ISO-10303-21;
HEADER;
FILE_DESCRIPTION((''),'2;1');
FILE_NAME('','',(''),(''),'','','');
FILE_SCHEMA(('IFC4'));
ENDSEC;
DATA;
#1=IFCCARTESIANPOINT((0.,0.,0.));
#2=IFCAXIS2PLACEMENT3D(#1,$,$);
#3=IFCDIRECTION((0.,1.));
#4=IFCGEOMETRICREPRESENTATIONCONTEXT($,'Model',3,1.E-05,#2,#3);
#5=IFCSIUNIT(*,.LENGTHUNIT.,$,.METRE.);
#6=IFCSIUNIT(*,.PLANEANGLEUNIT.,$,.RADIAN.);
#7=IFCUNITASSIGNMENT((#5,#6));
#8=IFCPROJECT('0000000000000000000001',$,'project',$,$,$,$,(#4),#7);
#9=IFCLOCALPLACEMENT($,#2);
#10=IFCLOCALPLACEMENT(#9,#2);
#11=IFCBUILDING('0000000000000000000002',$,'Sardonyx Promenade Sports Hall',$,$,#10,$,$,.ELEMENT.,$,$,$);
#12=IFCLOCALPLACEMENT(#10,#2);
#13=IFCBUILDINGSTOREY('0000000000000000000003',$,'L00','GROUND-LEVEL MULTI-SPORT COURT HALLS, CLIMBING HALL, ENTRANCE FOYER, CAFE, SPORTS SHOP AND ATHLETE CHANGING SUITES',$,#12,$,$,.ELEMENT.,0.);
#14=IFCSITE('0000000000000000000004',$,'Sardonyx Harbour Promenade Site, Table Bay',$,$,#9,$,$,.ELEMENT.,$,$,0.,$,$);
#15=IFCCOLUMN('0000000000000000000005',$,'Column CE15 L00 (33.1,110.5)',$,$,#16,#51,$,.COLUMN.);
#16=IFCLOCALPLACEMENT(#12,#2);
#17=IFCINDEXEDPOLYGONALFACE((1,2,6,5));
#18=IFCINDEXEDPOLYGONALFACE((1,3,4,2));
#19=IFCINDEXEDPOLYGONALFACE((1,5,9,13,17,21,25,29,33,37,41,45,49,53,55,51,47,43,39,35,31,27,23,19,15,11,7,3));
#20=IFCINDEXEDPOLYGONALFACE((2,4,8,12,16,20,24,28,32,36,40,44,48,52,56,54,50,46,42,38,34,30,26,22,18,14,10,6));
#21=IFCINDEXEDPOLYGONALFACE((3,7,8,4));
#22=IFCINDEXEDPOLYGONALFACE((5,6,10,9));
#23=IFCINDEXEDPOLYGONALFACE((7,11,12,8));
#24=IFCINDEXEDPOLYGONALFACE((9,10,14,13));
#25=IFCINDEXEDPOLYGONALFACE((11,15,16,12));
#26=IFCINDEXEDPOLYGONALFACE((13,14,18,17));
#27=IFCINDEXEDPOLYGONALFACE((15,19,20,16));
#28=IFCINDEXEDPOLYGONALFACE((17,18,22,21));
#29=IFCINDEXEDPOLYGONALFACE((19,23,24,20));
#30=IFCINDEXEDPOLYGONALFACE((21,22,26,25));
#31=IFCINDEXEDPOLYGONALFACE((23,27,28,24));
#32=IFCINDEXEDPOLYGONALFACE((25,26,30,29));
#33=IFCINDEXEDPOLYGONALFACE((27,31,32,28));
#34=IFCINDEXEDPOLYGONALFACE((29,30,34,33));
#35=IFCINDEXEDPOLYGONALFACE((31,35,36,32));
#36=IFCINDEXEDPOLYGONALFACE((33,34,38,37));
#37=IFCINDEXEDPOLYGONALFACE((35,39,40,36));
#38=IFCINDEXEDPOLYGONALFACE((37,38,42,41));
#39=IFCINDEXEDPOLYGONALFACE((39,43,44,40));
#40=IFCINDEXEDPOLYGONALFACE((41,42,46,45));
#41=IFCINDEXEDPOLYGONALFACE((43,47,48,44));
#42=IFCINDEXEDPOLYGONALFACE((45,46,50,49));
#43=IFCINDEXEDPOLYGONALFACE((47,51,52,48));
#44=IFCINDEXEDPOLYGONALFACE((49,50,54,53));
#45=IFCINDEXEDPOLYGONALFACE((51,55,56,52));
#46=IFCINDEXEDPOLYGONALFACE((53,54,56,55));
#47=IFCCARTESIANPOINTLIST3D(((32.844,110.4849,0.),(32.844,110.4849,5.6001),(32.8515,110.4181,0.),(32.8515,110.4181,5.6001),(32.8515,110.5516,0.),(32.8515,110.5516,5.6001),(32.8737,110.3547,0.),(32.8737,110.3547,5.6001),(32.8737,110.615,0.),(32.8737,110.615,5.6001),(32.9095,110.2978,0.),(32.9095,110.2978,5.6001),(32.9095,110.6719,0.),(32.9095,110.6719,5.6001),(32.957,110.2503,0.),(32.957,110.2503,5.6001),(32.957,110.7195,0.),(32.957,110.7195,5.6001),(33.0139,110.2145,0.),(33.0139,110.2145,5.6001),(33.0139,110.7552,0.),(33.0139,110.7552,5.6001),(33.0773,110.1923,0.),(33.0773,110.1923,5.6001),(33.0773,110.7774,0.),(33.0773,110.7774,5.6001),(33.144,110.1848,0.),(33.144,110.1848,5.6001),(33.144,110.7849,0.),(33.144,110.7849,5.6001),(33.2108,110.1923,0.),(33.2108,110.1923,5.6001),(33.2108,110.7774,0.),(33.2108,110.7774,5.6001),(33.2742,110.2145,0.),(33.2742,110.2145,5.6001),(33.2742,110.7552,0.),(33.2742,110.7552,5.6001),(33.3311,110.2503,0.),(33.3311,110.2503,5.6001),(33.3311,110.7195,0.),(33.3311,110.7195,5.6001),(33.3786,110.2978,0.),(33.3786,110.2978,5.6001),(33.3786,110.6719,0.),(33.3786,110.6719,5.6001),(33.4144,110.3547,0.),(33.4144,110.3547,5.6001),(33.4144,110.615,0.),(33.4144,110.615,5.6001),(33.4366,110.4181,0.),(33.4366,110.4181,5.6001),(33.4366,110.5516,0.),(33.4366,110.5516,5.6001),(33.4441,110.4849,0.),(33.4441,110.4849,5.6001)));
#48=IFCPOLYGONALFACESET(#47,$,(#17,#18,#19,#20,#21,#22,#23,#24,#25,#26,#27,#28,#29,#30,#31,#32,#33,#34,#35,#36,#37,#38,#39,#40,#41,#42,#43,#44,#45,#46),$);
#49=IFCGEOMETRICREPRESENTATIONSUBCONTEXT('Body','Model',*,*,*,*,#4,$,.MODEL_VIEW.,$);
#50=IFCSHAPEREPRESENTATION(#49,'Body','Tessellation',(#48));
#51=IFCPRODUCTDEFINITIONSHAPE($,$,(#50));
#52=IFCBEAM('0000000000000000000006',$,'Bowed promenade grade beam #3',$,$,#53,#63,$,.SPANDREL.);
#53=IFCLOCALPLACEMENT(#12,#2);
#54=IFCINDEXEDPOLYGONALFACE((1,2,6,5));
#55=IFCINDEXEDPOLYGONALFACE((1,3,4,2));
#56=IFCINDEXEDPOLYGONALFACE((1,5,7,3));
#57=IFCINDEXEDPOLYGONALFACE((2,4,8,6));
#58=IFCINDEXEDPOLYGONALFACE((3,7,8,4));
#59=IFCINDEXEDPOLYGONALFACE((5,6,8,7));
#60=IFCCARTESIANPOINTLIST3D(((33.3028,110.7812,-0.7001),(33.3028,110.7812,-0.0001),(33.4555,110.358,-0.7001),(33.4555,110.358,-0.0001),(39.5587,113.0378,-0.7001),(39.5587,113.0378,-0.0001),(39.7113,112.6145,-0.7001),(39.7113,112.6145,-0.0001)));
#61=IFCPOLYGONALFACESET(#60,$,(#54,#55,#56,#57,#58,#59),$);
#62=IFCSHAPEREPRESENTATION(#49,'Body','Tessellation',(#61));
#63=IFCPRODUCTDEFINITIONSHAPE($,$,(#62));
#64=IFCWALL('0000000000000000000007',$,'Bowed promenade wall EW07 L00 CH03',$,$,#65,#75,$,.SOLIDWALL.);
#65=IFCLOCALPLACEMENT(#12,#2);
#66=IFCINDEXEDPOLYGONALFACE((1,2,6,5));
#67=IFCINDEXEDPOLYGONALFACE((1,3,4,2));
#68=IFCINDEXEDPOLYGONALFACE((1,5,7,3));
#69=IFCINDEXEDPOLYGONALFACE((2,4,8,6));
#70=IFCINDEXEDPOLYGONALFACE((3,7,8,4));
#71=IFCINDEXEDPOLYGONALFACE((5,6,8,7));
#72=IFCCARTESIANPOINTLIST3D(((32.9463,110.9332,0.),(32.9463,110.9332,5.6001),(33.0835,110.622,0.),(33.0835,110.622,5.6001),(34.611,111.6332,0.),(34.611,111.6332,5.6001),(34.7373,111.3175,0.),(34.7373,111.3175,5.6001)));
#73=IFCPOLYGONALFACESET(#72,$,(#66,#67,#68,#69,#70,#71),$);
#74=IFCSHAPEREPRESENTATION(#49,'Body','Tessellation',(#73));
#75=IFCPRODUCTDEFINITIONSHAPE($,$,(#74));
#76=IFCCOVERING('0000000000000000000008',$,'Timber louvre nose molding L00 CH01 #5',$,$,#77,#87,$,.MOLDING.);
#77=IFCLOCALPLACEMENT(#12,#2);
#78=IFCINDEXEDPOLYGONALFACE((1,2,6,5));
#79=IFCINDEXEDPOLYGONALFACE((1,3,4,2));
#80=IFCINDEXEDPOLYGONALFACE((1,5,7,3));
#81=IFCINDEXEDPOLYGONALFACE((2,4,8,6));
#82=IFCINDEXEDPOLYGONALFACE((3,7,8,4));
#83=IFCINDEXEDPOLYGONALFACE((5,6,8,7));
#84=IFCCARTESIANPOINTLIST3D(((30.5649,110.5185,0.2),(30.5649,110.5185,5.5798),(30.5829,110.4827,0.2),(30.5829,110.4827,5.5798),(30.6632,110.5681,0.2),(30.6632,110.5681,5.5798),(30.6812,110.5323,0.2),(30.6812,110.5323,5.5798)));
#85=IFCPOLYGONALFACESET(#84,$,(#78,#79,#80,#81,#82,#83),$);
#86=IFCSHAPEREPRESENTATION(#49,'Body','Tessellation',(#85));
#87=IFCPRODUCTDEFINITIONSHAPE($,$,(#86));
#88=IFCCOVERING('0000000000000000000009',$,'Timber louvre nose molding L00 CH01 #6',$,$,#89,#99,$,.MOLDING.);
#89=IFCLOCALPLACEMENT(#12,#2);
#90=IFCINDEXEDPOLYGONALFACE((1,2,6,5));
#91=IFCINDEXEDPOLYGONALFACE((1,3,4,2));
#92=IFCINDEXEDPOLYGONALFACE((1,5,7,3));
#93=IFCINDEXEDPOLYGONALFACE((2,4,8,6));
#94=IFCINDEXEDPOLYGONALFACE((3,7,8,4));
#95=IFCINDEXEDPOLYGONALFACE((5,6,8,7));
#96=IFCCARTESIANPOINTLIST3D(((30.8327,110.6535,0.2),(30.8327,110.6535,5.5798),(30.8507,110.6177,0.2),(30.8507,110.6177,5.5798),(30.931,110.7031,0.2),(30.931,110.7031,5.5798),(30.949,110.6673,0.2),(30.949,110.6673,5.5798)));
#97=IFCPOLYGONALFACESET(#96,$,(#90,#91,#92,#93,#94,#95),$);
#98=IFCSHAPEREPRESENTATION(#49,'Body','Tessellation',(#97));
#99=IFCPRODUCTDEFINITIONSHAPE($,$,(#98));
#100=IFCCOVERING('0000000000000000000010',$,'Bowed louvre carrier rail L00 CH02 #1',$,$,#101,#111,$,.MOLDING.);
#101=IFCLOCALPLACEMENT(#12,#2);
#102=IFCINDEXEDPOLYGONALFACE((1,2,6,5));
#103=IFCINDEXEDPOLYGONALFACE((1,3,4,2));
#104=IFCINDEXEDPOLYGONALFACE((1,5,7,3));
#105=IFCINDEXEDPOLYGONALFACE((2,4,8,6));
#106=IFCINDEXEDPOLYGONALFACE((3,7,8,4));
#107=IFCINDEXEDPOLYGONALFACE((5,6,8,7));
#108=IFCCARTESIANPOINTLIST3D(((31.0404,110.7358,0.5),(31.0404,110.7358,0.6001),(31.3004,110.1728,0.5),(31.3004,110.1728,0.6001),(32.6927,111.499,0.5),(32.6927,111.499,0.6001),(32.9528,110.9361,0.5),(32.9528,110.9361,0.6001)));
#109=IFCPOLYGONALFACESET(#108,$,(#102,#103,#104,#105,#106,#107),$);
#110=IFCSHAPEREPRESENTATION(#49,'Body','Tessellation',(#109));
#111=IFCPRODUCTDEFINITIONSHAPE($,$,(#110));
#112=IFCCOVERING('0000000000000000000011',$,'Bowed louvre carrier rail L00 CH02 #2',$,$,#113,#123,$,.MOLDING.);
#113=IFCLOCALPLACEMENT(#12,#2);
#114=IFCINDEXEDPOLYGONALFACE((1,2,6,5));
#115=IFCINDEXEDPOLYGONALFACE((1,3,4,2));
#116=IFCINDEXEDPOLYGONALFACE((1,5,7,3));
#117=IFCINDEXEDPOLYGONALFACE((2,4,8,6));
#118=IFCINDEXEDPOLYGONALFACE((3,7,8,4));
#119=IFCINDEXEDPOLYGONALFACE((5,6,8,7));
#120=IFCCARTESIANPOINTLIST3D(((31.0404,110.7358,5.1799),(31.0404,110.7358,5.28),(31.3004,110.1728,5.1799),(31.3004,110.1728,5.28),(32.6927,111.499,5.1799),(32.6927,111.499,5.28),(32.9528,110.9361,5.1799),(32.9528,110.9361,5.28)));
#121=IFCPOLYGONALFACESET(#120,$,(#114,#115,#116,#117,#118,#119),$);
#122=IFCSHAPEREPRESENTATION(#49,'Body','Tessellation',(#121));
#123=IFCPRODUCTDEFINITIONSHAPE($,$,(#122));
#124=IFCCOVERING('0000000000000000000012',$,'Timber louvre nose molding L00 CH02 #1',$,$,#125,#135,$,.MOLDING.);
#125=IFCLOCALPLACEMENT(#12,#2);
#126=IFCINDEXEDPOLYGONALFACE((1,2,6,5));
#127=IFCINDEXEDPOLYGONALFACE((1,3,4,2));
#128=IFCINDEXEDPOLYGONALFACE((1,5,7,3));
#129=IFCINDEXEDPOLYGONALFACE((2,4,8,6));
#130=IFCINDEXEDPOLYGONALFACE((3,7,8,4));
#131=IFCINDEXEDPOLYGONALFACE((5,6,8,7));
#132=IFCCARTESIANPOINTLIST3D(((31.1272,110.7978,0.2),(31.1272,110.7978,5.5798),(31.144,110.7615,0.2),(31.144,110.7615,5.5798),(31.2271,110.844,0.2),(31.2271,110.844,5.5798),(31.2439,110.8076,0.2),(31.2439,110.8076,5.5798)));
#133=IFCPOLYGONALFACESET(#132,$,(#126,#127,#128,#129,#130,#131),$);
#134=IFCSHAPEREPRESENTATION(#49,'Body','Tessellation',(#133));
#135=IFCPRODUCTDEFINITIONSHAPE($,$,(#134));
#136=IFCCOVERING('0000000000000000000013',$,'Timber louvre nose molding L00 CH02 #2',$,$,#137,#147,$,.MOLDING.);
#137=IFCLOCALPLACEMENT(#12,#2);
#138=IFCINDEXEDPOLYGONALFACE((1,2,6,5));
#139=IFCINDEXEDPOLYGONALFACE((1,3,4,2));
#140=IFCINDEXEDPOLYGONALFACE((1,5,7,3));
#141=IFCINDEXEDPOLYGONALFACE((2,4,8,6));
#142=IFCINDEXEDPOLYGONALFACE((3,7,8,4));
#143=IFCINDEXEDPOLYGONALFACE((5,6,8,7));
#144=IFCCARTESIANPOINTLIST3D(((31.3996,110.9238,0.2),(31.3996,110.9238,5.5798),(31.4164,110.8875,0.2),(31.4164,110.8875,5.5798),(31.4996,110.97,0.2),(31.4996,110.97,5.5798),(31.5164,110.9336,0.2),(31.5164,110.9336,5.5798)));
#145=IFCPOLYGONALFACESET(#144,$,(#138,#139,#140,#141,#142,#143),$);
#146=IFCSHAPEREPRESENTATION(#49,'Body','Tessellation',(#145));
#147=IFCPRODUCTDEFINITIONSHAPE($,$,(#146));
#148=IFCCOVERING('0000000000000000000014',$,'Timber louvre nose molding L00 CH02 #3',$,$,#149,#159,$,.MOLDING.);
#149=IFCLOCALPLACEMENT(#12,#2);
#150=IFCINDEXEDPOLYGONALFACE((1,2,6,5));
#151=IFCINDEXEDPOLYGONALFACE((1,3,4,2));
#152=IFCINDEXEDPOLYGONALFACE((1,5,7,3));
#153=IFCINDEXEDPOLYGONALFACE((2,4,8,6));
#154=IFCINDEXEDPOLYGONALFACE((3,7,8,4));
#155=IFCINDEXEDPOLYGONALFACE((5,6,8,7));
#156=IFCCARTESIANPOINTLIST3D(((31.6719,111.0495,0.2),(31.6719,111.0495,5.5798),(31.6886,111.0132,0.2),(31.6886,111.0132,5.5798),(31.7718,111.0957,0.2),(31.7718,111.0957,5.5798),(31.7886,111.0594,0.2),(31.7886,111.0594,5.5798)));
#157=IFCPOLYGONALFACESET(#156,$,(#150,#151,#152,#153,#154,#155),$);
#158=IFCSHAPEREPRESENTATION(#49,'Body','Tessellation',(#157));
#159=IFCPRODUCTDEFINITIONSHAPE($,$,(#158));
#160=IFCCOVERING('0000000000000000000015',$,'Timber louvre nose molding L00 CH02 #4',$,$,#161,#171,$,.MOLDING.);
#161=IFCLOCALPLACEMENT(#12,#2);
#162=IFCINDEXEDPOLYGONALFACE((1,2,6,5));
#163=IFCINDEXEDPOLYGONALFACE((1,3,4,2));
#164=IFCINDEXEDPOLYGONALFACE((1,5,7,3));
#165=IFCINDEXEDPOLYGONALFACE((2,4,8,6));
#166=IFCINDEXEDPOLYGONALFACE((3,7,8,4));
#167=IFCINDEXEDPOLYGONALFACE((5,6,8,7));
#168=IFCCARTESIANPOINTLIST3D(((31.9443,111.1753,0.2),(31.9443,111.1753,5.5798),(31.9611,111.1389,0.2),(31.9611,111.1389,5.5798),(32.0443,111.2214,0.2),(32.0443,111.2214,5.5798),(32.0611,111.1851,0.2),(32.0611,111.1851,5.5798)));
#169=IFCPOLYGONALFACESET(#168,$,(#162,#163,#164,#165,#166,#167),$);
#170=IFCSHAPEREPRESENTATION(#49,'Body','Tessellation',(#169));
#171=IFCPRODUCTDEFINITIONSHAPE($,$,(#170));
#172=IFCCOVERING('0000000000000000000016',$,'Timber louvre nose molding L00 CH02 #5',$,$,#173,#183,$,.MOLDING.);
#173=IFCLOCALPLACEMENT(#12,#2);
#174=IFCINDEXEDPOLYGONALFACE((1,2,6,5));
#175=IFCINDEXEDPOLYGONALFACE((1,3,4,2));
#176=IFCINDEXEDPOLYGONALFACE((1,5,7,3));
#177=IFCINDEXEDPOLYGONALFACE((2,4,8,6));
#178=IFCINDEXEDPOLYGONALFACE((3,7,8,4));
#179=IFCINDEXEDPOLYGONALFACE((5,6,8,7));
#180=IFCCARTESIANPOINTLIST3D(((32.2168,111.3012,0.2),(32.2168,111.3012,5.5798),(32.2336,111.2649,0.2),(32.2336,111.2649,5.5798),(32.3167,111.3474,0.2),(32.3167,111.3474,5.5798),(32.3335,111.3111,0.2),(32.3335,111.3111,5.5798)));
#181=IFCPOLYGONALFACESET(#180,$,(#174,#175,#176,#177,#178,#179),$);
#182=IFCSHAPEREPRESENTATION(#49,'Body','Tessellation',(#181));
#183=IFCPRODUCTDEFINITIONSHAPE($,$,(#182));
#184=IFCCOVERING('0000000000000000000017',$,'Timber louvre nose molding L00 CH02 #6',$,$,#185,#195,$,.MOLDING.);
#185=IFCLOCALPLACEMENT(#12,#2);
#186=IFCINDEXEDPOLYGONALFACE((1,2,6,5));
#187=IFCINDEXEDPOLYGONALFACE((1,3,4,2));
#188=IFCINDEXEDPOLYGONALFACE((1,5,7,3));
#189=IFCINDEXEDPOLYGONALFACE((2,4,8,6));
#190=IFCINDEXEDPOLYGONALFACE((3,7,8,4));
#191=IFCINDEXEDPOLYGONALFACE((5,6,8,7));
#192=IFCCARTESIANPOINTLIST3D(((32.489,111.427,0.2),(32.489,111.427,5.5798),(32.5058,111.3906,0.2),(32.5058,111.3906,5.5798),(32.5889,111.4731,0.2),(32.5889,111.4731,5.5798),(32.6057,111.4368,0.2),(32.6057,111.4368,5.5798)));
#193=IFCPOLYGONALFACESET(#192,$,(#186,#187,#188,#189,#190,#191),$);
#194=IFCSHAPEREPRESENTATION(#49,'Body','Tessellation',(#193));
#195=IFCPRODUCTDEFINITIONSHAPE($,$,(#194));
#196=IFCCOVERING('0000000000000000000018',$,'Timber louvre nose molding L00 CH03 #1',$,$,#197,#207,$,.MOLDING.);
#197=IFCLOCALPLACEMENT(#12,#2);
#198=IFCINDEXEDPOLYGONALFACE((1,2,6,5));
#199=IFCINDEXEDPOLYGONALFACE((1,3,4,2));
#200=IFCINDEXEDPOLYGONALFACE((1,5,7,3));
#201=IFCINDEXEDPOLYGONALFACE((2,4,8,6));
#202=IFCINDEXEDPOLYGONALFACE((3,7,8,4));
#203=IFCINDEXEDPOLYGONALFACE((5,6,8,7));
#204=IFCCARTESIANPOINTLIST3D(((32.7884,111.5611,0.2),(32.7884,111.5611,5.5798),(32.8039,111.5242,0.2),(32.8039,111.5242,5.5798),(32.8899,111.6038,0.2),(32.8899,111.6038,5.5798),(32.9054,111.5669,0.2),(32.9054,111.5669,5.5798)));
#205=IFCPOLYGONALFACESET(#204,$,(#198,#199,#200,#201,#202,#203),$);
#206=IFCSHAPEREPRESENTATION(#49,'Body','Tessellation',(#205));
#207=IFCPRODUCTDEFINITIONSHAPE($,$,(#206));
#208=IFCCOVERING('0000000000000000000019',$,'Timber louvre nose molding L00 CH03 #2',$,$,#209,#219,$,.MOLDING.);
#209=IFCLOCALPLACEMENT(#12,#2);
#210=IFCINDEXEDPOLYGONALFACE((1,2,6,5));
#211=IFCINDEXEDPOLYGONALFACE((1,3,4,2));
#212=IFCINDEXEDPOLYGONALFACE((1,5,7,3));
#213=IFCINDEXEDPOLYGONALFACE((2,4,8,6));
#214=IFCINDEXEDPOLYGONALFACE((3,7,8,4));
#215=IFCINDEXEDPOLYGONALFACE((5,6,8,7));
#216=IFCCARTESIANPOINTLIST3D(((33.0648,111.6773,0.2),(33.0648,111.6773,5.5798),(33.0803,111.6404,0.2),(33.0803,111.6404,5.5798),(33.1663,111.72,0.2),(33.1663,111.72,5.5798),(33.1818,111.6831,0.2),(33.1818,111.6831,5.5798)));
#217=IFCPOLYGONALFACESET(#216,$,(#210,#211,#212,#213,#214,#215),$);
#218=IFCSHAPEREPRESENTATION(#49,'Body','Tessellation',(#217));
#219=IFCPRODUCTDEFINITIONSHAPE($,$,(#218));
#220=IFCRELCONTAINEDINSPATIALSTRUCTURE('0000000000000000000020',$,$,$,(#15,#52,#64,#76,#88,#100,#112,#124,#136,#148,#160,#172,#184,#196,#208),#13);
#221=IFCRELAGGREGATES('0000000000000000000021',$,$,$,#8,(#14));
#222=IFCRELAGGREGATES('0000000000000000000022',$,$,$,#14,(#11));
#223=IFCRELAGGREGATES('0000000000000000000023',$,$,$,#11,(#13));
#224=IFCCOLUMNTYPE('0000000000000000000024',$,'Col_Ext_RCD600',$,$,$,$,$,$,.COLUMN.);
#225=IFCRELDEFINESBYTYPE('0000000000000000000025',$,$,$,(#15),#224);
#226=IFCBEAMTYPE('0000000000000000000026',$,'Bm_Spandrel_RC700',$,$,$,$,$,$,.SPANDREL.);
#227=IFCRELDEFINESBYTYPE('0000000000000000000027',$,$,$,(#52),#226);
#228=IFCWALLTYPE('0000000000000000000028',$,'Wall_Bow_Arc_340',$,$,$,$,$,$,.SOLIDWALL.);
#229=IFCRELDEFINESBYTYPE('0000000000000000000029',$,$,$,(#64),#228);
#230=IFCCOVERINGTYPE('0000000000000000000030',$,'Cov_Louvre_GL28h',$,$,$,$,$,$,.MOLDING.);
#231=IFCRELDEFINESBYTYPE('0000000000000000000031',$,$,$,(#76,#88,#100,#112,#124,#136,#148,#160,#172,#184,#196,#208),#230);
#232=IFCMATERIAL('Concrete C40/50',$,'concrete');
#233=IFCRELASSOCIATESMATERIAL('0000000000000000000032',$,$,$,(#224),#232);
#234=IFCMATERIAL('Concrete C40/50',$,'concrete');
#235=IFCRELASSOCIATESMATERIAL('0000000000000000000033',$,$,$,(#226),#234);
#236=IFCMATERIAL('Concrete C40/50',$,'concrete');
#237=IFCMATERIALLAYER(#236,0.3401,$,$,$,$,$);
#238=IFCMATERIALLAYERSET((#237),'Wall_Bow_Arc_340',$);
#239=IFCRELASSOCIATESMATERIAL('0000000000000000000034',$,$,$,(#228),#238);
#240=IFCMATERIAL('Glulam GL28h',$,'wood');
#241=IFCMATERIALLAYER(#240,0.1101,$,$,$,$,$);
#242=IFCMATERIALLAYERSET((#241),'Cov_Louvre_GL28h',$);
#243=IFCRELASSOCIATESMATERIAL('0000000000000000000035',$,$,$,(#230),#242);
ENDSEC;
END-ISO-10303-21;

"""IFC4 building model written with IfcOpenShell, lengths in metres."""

from ifc_helpers import new_model, si_unit, direction, frame, origin, origin_2d, place, context, subcontext, project, spatial, polyline, rectangle, circle, outline, extrude, material, layer, layer_set, material_profile, profile_set, type_object, element, save


model = new_model("IFC4")

# Units and contexts
model_context = context("Model", 3, precision=1e-05, world=origin(), true_north=direction((0.0, 1.0)))
body_context = subcontext(model_context, "Body", "Model", "MODEL_VIEW")
ifc_project = project(units=[si_unit("LENGTHUNIT", "METRE"), si_unit("PLANEANGLEUNIT", "RADIAN")], contexts=[model_context])

# Site, building, storey
site_placement = place(None, origin())
site = spatial("IfcSite", under=ifc_project, at=site_placement, Name="Sardonyx Harbour Promenade Site, Table Bay", CompositionType="ELEMENT", RefElevation=0.0)
building_placement = place(site_placement, origin())
building = spatial("IfcBuilding", under=site, at=building_placement, Name="Sardonyx Promenade Sports Hall", CompositionType="ELEMENT")
storey_placement = place(building_placement, origin())
storey = spatial("IfcBuildingStorey", under=building, at=storey_placement, Name="L00", Description="GROUND-LEVEL MULTI-SPORT COURT HALLS, CLIMBING HALL, ENTRANCE FOYER, CAFE, SPORTS SHOP AND ATHLETE CHANGING SUITES", CompositionType="ELEMENT", Elevation=0.0)

# Column
ifc_material_1 = material(Name="Concrete C40/50", Category="concrete")
ifc_material_profile_1 = material_profile(ifc_material_1, circle(Radius=0.3, at=origin_2d()))
ifc_profile_set_1 = profile_set([ifc_material_profile_1], Name="Concrete C40/50")
column_type = type_object("IfcColumnType", Name="Col_Ext_RCD600", PredefinedType="COLUMN", material=ifc_profile_set_1)
column_placement = place(storey_placement, frame((33.144, 110.4849, 0.0), z_axis=(0.0, 0.0, 1.0), x_axis=(1.0, 0.0, 0.0)))
element("IfcColumn", 1, at=column_placement, inside=storey, type_object=column_type, Name="Column CE15 L00 (33.1,110.5)", PredefinedType="COLUMN", context=body_context, shape_type="SweptSolid", body=[
    extrude(circle(Radius=0.3, at=origin_2d()), origin(), (0.0, 0.0, 1.0), 5.6001),
])

# Beam
ifc_material_2 = material(Name="Concrete C40/50", Category="concrete")
ifc_material_profile_2 = material_profile(ifc_material_2, rectangle(XDim=0.45, YDim=0.7, at=origin_2d()))
ifc_profile_set_2 = profile_set([ifc_material_profile_2], Name="Concrete C40/50")
beam_type = type_object("IfcBeamType", Name="Bm_Spandrel_RC700", PredefinedType="SPANDREL", material=ifc_profile_set_2)
beam_placement = place(storey_placement, frame((33.3792, 110.5696, -0.3501), z_axis=(0.940672, 0.339316, 0.0), x_axis=(-0.339316, 0.940672, 0.0)))
element("IfcBeam", 2, at=beam_placement, inside=storey, type_object=beam_type, Name="Bowed promenade grade beam #3", PredefinedType="SPANDREL", context=body_context, shape_type="SweptSolid", body=[
    extrude(rectangle(XDim=0.45, YDim=0.7, at=origin_2d()), origin(), (0.0, 0.0, 1.0), 6.6504),
])

# Wall
ifc_material_3 = material(Name="Concrete C40/50", Category="concrete")
ifc_layer_1 = layer(ifc_material_3, 0.3401)
ifc_layer_set_1 = layer_set([ifc_layer_1], Name="Wall_Bow_Arc_340")
wall_type = type_object("IfcWallType", Name="Wall_Bow_Arc_340", PredefinedType="SOLIDWALL", material=ifc_layer_set_1)
wall_placement = place(storey_placement, frame((33.0149, 110.7776, 0.0), z_axis=(0.0, 0.0, 1.0), x_axis=(0.921804, 0.387657, 0.0)))
element("IfcWall", 3, at=wall_placement, inside=storey, type_object=wall_type, Name="Bowed promenade wall EW07 L00 CH03", PredefinedType="SOLIDWALL", context=body_context, shape_type="SweptSolid", body=[
    extrude(outline(polyline([(0.0029, -0.17), (1.7971, -0.17), (1.8029, 0.17), (-0.0029, 0.17), (0.0029, -0.17)])), origin(), (0.0, 0.0, 1.0), 5.6001),
])

# Coverings
ifc_material_4 = material(Name="Glulam GL28h", Category="wood")
ifc_layer_2 = layer(ifc_material_4, 0.1101)
ifc_layer_set_2 = layer_set([ifc_layer_2], Name="Cov_Louvre_GL28h")
covering_type = type_object("IfcCoveringType", Name="Cov_Louvre_GL28h", PredefinedType="MOLDING", material=ifc_layer_set_2)
for number, where, z_axis, x_axis, name in (
    (4, (30.623, 110.5254, 0.2), (0.0, 0.0, 1.0), (0.892774, 0.450505, 0.0), "Timber louvre nose molding L00 CH01 #5"),
    (5, (30.8909, 110.6604, 0.2), (0.0, 0.0, 1.0), (0.892774, 0.450505, 0.0), "Timber louvre nose molding L00 CH01 #6"),
):
    element("IfcCovering", number, at=place(storey_placement, frame(where, z_axis=z_axis, x_axis=x_axis)), inside=storey, type_object=covering_type, Name=name, PredefinedType="MOLDING", context=body_context, shape_type="SweptSolid", body=[
        extrude(rectangle(XDim=0.1101, YDim=0.04, at=origin_2d()), origin(), (0.0, 0.0, 1.0), 5.3799),
    ])
for number, where, z_axis, x_axis, name in (
    (6, (31.9966, 110.8359, 0.5), (0.0, 0.0, 1.0), (0.907831, 0.419336, 0.0), "Bowed louvre carrier rail L00 CH02 #1"),
    (7, (31.9966, 110.8359, 5.1799), (0.0, 0.0, 1.0), (0.907831, 0.419336, 0.0), "Bowed louvre carrier rail L00 CH02 #2"),
):
    element("IfcCovering", number, at=place(storey_placement, frame(where, z_axis=z_axis, x_axis=x_axis)), inside=storey, type_object=covering_type, Name=name, PredefinedType="MOLDING", context=body_context, shape_type="SweptSolid", body=[
        extrude(rectangle(XDim=1.8201, YDim=0.6201, at=origin_2d()), origin(), (0.0, 0.0, 1.0), 0.1001),
    ])
for number, where, z_axis, x_axis, name in (
    (8, (31.1855, 110.8027, 0.2), (0.0, 0.0, 1.0), (0.907831, 0.419336, 0.0), "Timber louvre nose molding L00 CH02 #1"),
    (9, (31.458, 110.9287, 0.2), (0.0, 0.0, 1.0), (0.907831, 0.419336, 0.0), "Timber louvre nose molding L00 CH02 #2"),
    (10, (31.7302, 111.0544, 0.2), (0.0, 0.0, 1.0), (0.907831, 0.419336, 0.0), "Timber louvre nose molding L00 CH02 #3"),
    (11, (32.0027, 111.1802, 0.2), (0.0, 0.0, 1.0), (0.907831, 0.419336, 0.0), "Timber louvre nose molding L00 CH02 #4"),
    (12, (32.2751, 111.3062, 0.2), (0.0, 0.0, 1.0), (0.907831, 0.419336, 0.0), "Timber louvre nose molding L00 CH02 #5"),
    (13, (32.5474, 111.4319, 0.2), (0.0, 0.0, 1.0), (0.907831, 0.419336, 0.0), "Timber louvre nose molding L00 CH02 #6"),
    (14, (32.8469, 111.564, 0.2), (0.0, 0.0, 1.0), (0.9218, 0.387665, 0.0), "Timber louvre nose molding L00 CH03 #1"),
    (15, (33.1233, 111.6802, 0.2), (0.0, 0.0, 1.0), (0.9218, 0.387665, 0.0), "Timber louvre nose molding L00 CH03 #2"),
):
    element("IfcCovering", number, at=place(storey_placement, frame(where, z_axis=z_axis, x_axis=x_axis)), inside=storey, type_object=covering_type, Name=name, PredefinedType="MOLDING", context=body_context, shape_type="SweptSolid", body=[
        extrude(rectangle(XDim=0.1101, YDim=0.04, at=origin_2d()), origin(), (0.0, 0.0, 1.0), 5.3799),
    ])

save(model, "model.ifc")
